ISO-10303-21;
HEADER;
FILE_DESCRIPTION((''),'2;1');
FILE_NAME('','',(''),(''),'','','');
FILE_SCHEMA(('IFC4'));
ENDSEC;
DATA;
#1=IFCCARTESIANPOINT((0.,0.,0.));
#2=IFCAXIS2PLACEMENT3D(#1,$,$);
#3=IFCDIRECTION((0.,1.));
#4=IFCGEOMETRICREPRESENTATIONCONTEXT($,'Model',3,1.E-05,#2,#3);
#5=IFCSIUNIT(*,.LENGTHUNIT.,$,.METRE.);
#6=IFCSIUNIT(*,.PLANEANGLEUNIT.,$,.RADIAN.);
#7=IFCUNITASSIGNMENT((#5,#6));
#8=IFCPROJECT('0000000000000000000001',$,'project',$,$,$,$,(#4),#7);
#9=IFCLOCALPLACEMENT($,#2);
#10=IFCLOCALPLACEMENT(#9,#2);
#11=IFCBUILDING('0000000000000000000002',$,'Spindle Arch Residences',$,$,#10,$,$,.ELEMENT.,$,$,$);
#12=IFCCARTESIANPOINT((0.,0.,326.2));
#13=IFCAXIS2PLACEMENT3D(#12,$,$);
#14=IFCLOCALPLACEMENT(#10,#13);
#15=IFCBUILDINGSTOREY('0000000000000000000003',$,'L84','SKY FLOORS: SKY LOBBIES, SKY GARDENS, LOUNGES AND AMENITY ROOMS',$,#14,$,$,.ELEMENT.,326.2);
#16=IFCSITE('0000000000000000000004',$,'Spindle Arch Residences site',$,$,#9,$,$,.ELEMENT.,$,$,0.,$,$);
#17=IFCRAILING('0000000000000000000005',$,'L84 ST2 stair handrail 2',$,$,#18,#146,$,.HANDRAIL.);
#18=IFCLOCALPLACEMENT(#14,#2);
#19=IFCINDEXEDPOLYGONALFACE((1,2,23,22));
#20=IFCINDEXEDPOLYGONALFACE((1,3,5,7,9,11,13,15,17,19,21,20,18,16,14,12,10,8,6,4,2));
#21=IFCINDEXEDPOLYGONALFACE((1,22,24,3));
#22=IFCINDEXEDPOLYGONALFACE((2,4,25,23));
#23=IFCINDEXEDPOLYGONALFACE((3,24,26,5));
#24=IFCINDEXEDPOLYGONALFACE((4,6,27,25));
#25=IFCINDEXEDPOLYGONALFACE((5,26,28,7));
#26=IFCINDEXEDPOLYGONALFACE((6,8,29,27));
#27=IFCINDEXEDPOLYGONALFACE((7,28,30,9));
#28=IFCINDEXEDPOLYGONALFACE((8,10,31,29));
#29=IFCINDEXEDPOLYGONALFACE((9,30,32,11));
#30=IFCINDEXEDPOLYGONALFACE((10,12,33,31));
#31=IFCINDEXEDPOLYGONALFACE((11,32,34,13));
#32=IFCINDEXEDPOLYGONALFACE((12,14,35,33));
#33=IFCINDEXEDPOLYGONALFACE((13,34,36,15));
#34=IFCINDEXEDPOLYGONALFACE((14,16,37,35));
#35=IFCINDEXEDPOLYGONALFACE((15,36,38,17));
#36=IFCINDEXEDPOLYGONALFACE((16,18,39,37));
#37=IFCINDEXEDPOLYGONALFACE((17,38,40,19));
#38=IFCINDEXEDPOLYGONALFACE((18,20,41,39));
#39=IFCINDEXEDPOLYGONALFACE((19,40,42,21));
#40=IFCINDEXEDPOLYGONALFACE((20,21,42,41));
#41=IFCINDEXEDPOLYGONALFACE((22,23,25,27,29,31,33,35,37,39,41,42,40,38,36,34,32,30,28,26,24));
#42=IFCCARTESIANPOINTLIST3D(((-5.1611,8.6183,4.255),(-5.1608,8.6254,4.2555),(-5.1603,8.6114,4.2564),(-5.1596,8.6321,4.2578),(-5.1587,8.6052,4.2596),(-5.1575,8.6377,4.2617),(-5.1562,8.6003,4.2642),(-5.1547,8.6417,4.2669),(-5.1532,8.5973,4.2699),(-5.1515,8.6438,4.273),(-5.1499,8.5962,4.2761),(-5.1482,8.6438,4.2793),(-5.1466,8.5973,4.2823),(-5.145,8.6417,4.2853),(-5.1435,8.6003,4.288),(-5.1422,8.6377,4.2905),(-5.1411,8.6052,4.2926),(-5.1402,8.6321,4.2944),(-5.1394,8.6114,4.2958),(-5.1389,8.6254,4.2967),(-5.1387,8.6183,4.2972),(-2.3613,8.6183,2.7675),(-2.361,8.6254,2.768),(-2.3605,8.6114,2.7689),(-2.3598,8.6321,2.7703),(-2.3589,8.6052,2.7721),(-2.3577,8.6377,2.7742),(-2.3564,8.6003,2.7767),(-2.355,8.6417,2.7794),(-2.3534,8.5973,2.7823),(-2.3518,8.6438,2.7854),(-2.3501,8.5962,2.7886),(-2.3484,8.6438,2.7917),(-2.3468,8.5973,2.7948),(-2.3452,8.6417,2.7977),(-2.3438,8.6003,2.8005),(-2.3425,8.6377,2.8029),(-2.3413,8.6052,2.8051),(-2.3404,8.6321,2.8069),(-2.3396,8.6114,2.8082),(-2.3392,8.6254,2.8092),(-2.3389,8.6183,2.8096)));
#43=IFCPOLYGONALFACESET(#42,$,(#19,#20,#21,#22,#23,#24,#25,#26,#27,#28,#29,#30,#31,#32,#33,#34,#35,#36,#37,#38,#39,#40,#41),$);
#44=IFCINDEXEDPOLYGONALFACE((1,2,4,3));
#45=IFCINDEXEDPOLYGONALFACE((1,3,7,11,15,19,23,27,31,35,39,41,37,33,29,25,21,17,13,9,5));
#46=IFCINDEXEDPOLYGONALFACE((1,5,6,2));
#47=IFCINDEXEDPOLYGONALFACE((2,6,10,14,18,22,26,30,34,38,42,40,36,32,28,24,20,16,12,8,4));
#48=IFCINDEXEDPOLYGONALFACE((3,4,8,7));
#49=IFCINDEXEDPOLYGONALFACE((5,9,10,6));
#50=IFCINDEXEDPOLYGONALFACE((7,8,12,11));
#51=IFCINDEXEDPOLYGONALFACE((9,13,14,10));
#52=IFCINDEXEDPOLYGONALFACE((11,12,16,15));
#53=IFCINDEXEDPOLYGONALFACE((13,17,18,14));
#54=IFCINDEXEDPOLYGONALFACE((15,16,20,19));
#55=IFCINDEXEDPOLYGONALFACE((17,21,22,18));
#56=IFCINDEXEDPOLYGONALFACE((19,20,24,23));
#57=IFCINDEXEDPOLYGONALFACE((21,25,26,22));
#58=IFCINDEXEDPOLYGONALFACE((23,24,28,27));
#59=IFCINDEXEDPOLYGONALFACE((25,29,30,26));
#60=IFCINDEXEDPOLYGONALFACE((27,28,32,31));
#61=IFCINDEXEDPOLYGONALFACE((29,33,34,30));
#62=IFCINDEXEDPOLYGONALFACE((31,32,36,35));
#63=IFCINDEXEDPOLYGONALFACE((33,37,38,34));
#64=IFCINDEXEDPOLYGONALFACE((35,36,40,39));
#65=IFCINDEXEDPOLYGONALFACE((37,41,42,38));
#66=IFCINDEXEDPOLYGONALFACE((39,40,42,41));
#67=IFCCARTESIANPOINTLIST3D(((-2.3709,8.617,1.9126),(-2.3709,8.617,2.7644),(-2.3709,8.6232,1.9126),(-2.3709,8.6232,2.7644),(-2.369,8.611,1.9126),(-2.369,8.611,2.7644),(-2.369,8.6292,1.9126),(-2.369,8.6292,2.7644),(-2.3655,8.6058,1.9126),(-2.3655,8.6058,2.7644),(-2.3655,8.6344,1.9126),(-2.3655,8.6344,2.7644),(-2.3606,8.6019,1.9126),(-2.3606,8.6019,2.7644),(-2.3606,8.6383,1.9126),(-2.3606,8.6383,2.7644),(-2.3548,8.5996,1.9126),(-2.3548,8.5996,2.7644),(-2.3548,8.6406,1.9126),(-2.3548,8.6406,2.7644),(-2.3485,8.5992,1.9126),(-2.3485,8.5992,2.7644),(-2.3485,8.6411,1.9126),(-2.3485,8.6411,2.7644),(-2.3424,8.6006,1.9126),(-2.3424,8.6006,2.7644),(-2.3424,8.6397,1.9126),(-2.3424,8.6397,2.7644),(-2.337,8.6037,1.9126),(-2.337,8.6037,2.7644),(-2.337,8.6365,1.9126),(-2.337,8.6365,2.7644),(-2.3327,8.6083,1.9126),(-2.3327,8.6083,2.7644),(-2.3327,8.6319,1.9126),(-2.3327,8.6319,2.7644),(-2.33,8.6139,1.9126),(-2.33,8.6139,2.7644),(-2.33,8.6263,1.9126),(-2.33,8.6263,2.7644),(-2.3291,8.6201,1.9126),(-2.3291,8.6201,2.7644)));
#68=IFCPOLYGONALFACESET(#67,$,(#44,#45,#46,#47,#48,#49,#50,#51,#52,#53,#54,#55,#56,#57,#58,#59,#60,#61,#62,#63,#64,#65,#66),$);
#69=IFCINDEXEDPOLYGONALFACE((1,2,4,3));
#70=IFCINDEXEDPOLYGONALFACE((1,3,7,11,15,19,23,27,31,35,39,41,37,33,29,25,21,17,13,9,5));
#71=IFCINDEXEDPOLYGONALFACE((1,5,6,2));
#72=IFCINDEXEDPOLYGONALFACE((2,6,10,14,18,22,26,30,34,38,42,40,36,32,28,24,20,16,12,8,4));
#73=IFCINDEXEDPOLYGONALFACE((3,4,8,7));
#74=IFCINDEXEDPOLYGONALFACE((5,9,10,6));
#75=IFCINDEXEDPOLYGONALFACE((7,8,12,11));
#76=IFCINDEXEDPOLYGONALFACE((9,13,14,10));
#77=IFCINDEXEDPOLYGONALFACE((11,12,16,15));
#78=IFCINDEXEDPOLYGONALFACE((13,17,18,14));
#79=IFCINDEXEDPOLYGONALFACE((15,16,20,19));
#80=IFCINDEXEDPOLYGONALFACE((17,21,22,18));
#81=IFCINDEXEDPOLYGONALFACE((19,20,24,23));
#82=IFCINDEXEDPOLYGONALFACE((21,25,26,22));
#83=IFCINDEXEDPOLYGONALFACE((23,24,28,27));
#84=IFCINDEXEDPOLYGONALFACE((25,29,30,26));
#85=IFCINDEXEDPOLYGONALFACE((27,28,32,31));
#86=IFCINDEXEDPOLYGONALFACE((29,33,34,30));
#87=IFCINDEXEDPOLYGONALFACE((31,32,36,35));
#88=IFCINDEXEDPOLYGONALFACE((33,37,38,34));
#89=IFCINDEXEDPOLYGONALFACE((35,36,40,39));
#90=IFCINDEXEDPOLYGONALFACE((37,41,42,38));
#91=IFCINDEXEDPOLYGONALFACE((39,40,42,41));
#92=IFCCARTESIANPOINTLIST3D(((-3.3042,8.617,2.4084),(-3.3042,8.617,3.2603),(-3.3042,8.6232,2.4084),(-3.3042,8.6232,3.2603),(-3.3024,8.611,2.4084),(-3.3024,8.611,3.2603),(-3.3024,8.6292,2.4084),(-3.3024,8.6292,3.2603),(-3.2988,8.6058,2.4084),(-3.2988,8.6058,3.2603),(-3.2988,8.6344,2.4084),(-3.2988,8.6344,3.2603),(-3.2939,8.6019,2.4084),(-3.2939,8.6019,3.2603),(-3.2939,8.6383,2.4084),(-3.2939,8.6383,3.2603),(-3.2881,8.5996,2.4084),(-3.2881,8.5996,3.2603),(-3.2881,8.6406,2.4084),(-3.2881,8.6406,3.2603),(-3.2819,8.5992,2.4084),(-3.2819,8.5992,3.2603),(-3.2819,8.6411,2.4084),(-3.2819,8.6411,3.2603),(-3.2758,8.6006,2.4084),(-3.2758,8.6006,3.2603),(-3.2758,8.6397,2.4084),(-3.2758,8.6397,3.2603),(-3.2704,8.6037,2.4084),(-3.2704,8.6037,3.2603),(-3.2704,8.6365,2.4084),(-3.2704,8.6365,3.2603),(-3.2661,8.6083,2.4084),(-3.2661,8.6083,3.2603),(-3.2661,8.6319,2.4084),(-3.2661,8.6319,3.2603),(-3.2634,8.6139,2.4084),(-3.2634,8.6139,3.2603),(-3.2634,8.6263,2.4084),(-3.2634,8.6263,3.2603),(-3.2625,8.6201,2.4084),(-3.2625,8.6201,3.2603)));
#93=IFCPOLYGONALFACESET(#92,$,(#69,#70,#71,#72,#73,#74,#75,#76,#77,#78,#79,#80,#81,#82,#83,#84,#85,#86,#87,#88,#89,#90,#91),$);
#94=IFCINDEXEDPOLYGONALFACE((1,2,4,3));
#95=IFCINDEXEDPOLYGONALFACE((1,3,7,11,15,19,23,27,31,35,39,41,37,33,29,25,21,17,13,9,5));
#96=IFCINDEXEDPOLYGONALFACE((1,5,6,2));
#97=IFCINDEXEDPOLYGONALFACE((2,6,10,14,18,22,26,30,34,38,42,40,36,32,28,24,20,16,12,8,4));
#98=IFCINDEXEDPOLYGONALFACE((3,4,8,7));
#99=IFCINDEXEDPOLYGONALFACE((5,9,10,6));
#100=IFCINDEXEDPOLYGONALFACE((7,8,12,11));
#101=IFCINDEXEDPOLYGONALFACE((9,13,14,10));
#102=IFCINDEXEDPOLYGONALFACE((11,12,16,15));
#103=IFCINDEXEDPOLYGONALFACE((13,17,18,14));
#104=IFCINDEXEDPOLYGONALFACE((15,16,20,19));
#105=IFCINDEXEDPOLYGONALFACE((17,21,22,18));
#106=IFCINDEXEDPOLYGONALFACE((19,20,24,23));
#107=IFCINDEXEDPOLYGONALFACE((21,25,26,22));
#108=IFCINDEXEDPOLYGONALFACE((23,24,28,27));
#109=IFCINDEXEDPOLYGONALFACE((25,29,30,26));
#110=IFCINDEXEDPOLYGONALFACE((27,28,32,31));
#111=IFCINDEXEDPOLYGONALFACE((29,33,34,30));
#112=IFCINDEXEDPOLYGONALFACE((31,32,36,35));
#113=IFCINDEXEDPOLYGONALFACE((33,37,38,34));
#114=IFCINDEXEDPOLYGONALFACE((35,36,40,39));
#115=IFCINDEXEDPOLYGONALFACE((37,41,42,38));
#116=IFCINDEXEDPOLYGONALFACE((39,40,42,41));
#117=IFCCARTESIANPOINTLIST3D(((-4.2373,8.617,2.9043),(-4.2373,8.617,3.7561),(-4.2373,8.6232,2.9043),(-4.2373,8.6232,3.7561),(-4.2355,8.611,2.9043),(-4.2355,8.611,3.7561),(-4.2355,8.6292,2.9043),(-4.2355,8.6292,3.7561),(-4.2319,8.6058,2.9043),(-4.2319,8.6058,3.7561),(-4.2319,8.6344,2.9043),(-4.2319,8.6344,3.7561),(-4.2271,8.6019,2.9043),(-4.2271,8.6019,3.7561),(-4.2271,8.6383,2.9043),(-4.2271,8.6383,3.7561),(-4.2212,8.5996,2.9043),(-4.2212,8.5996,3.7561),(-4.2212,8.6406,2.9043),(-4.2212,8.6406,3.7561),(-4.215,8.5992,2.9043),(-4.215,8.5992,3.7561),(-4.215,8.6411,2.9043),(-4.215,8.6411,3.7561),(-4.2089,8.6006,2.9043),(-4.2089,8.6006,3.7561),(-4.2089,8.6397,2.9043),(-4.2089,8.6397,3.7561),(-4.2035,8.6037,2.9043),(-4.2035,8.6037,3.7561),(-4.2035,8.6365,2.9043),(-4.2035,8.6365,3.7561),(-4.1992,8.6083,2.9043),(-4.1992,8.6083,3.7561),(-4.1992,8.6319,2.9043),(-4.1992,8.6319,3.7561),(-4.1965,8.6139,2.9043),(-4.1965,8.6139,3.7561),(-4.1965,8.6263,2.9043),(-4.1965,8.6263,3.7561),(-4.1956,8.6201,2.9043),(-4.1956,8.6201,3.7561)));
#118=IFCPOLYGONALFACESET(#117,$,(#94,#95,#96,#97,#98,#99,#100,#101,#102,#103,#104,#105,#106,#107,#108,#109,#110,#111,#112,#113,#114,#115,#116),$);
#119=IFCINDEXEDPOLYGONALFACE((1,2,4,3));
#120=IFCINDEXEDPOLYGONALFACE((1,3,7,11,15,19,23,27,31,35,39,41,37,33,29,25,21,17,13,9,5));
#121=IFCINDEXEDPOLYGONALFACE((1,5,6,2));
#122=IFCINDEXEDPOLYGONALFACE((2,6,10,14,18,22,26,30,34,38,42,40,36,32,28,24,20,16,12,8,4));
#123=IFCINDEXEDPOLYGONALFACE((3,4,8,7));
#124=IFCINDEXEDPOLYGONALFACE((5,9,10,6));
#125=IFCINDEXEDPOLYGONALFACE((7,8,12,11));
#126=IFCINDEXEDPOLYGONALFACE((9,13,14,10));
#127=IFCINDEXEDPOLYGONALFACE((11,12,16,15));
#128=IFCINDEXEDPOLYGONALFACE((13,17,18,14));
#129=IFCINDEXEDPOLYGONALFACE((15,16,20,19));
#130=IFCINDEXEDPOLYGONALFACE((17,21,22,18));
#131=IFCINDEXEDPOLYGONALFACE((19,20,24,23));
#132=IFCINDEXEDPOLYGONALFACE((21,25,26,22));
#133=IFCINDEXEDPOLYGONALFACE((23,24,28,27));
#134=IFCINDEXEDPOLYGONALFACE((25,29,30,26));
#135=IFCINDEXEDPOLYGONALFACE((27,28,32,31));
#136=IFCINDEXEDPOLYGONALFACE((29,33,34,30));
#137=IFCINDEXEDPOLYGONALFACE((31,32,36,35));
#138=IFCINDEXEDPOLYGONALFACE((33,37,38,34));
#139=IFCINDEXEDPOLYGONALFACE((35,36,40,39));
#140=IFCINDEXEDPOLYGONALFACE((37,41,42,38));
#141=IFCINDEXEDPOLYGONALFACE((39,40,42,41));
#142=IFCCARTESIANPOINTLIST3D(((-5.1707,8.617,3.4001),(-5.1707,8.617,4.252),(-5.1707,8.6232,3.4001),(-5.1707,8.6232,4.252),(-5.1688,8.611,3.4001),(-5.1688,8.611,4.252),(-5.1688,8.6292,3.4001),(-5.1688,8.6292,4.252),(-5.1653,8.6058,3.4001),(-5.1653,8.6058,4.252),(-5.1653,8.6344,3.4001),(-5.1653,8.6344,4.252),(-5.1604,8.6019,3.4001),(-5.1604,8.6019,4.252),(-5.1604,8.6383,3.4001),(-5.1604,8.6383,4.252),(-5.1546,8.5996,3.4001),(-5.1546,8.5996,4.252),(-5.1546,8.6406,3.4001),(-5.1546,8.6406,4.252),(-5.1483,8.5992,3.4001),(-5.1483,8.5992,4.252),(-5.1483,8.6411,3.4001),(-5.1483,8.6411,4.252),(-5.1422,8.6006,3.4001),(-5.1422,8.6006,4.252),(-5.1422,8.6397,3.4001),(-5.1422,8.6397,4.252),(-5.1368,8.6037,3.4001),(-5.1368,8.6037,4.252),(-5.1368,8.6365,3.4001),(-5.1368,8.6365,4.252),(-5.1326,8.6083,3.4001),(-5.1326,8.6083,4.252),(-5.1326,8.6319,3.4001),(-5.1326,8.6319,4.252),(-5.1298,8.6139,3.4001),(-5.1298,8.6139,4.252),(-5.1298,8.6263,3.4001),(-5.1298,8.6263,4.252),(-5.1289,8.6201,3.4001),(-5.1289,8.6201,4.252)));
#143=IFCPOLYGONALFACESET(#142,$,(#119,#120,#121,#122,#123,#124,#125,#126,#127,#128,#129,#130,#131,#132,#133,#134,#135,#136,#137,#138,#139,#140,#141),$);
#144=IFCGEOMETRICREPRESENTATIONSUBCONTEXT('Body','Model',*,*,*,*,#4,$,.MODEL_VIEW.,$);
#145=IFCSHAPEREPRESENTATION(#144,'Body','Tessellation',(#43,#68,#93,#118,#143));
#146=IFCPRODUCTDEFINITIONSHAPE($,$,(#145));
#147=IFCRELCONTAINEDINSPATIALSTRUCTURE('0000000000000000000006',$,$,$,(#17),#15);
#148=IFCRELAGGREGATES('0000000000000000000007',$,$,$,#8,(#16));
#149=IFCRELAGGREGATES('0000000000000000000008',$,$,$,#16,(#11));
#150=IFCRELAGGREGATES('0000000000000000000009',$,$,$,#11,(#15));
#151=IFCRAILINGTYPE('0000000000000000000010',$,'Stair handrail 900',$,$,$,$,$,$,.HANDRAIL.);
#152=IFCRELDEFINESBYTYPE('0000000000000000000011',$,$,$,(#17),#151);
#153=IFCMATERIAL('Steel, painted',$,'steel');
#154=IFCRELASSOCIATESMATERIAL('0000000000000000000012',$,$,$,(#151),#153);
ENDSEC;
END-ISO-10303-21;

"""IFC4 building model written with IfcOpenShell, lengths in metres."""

from ifc_helpers import new_model, si_unit, direction, frame, origin, origin_2d, place, context, subcontext, project, spatial, circle, extrude, material, type_object, element, save


model = new_model("IFC4")

# Units and contexts
model_context = context("Model", 3, precision=1e-05, world=origin(), true_north=direction((0.0, 1.0)))
body_context = subcontext(model_context, "Body", "Model", "MODEL_VIEW")
ifc_project = project(units=[si_unit("LENGTHUNIT", "METRE"), si_unit("PLANEANGLEUNIT", "RADIAN")], contexts=[model_context])

# Site, building, storey
site_placement = place(None, origin())
site = spatial("IfcSite", under=ifc_project, at=site_placement, Name="Spindle Arch Residences site", CompositionType="ELEMENT", RefElevation=0.0)
building_placement = place(site_placement, origin())
building = spatial("IfcBuilding", under=site, at=building_placement, Name="Spindle Arch Residences", CompositionType="ELEMENT")
storey_placement = place(building_placement, frame((0.0, 0.0, 326.2)))
storey = spatial("IfcBuildingStorey", under=building, at=storey_placement, Name="L84", Description="SKY FLOORS: SKY LOBBIES, SKY GARDENS, LOUNGES AND AMENITY ROOMS", CompositionType="ELEMENT", Elevation=326.2)

# Railing
ifc_material_1 = material(Name="Steel, painted", Category="steel")
railing_type_1 = type_object("IfcRailingType", Name="Stair handrail 900", PredefinedType="HANDRAIL", material=ifc_material_1)
railing_1_placement = place(storey_placement, frame((-2.3501, 8.6201, 1.9126)))
element("IfcRailing", 1, at=railing_1_placement, inside=storey, type_object=railing_type_1, Name="L84 ST2 stair handrail 2", PredefinedType="HANDRAIL", context=body_context, shape_type="SweptSolid", body=[
    extrude(circle(Radius=0.0239, at=origin_2d()), frame((0.0, 0.0, 0.876), z_axis=(-0.883096, 0.0, 0.469193), x_axis=(0.0, -1.0, 0.0)), (0.0, 0.0, 1.0), 3.1704),
    extrude(circle(Radius=0.021, at=origin_2d()), origin(), (0.0, 0.0, 1.0), 0.8518),
    extrude(circle(Radius=0.021, at=origin_2d()), frame((-0.9333, 0.0, 0.4958)), (0.0, 0.0, 1.0), 0.8518),
    extrude(circle(Radius=0.021, at=origin_2d()), frame((-1.8665, 0.0, 0.9917)), (0.0, 0.0, 1.0), 0.8518),
    extrude(circle(Radius=0.021, at=origin_2d()), frame((-2.7998, 0.0, 1.4875)), (0.0, 0.0, 1.0), 0.8518),
])

save(model, "model.ifc")
